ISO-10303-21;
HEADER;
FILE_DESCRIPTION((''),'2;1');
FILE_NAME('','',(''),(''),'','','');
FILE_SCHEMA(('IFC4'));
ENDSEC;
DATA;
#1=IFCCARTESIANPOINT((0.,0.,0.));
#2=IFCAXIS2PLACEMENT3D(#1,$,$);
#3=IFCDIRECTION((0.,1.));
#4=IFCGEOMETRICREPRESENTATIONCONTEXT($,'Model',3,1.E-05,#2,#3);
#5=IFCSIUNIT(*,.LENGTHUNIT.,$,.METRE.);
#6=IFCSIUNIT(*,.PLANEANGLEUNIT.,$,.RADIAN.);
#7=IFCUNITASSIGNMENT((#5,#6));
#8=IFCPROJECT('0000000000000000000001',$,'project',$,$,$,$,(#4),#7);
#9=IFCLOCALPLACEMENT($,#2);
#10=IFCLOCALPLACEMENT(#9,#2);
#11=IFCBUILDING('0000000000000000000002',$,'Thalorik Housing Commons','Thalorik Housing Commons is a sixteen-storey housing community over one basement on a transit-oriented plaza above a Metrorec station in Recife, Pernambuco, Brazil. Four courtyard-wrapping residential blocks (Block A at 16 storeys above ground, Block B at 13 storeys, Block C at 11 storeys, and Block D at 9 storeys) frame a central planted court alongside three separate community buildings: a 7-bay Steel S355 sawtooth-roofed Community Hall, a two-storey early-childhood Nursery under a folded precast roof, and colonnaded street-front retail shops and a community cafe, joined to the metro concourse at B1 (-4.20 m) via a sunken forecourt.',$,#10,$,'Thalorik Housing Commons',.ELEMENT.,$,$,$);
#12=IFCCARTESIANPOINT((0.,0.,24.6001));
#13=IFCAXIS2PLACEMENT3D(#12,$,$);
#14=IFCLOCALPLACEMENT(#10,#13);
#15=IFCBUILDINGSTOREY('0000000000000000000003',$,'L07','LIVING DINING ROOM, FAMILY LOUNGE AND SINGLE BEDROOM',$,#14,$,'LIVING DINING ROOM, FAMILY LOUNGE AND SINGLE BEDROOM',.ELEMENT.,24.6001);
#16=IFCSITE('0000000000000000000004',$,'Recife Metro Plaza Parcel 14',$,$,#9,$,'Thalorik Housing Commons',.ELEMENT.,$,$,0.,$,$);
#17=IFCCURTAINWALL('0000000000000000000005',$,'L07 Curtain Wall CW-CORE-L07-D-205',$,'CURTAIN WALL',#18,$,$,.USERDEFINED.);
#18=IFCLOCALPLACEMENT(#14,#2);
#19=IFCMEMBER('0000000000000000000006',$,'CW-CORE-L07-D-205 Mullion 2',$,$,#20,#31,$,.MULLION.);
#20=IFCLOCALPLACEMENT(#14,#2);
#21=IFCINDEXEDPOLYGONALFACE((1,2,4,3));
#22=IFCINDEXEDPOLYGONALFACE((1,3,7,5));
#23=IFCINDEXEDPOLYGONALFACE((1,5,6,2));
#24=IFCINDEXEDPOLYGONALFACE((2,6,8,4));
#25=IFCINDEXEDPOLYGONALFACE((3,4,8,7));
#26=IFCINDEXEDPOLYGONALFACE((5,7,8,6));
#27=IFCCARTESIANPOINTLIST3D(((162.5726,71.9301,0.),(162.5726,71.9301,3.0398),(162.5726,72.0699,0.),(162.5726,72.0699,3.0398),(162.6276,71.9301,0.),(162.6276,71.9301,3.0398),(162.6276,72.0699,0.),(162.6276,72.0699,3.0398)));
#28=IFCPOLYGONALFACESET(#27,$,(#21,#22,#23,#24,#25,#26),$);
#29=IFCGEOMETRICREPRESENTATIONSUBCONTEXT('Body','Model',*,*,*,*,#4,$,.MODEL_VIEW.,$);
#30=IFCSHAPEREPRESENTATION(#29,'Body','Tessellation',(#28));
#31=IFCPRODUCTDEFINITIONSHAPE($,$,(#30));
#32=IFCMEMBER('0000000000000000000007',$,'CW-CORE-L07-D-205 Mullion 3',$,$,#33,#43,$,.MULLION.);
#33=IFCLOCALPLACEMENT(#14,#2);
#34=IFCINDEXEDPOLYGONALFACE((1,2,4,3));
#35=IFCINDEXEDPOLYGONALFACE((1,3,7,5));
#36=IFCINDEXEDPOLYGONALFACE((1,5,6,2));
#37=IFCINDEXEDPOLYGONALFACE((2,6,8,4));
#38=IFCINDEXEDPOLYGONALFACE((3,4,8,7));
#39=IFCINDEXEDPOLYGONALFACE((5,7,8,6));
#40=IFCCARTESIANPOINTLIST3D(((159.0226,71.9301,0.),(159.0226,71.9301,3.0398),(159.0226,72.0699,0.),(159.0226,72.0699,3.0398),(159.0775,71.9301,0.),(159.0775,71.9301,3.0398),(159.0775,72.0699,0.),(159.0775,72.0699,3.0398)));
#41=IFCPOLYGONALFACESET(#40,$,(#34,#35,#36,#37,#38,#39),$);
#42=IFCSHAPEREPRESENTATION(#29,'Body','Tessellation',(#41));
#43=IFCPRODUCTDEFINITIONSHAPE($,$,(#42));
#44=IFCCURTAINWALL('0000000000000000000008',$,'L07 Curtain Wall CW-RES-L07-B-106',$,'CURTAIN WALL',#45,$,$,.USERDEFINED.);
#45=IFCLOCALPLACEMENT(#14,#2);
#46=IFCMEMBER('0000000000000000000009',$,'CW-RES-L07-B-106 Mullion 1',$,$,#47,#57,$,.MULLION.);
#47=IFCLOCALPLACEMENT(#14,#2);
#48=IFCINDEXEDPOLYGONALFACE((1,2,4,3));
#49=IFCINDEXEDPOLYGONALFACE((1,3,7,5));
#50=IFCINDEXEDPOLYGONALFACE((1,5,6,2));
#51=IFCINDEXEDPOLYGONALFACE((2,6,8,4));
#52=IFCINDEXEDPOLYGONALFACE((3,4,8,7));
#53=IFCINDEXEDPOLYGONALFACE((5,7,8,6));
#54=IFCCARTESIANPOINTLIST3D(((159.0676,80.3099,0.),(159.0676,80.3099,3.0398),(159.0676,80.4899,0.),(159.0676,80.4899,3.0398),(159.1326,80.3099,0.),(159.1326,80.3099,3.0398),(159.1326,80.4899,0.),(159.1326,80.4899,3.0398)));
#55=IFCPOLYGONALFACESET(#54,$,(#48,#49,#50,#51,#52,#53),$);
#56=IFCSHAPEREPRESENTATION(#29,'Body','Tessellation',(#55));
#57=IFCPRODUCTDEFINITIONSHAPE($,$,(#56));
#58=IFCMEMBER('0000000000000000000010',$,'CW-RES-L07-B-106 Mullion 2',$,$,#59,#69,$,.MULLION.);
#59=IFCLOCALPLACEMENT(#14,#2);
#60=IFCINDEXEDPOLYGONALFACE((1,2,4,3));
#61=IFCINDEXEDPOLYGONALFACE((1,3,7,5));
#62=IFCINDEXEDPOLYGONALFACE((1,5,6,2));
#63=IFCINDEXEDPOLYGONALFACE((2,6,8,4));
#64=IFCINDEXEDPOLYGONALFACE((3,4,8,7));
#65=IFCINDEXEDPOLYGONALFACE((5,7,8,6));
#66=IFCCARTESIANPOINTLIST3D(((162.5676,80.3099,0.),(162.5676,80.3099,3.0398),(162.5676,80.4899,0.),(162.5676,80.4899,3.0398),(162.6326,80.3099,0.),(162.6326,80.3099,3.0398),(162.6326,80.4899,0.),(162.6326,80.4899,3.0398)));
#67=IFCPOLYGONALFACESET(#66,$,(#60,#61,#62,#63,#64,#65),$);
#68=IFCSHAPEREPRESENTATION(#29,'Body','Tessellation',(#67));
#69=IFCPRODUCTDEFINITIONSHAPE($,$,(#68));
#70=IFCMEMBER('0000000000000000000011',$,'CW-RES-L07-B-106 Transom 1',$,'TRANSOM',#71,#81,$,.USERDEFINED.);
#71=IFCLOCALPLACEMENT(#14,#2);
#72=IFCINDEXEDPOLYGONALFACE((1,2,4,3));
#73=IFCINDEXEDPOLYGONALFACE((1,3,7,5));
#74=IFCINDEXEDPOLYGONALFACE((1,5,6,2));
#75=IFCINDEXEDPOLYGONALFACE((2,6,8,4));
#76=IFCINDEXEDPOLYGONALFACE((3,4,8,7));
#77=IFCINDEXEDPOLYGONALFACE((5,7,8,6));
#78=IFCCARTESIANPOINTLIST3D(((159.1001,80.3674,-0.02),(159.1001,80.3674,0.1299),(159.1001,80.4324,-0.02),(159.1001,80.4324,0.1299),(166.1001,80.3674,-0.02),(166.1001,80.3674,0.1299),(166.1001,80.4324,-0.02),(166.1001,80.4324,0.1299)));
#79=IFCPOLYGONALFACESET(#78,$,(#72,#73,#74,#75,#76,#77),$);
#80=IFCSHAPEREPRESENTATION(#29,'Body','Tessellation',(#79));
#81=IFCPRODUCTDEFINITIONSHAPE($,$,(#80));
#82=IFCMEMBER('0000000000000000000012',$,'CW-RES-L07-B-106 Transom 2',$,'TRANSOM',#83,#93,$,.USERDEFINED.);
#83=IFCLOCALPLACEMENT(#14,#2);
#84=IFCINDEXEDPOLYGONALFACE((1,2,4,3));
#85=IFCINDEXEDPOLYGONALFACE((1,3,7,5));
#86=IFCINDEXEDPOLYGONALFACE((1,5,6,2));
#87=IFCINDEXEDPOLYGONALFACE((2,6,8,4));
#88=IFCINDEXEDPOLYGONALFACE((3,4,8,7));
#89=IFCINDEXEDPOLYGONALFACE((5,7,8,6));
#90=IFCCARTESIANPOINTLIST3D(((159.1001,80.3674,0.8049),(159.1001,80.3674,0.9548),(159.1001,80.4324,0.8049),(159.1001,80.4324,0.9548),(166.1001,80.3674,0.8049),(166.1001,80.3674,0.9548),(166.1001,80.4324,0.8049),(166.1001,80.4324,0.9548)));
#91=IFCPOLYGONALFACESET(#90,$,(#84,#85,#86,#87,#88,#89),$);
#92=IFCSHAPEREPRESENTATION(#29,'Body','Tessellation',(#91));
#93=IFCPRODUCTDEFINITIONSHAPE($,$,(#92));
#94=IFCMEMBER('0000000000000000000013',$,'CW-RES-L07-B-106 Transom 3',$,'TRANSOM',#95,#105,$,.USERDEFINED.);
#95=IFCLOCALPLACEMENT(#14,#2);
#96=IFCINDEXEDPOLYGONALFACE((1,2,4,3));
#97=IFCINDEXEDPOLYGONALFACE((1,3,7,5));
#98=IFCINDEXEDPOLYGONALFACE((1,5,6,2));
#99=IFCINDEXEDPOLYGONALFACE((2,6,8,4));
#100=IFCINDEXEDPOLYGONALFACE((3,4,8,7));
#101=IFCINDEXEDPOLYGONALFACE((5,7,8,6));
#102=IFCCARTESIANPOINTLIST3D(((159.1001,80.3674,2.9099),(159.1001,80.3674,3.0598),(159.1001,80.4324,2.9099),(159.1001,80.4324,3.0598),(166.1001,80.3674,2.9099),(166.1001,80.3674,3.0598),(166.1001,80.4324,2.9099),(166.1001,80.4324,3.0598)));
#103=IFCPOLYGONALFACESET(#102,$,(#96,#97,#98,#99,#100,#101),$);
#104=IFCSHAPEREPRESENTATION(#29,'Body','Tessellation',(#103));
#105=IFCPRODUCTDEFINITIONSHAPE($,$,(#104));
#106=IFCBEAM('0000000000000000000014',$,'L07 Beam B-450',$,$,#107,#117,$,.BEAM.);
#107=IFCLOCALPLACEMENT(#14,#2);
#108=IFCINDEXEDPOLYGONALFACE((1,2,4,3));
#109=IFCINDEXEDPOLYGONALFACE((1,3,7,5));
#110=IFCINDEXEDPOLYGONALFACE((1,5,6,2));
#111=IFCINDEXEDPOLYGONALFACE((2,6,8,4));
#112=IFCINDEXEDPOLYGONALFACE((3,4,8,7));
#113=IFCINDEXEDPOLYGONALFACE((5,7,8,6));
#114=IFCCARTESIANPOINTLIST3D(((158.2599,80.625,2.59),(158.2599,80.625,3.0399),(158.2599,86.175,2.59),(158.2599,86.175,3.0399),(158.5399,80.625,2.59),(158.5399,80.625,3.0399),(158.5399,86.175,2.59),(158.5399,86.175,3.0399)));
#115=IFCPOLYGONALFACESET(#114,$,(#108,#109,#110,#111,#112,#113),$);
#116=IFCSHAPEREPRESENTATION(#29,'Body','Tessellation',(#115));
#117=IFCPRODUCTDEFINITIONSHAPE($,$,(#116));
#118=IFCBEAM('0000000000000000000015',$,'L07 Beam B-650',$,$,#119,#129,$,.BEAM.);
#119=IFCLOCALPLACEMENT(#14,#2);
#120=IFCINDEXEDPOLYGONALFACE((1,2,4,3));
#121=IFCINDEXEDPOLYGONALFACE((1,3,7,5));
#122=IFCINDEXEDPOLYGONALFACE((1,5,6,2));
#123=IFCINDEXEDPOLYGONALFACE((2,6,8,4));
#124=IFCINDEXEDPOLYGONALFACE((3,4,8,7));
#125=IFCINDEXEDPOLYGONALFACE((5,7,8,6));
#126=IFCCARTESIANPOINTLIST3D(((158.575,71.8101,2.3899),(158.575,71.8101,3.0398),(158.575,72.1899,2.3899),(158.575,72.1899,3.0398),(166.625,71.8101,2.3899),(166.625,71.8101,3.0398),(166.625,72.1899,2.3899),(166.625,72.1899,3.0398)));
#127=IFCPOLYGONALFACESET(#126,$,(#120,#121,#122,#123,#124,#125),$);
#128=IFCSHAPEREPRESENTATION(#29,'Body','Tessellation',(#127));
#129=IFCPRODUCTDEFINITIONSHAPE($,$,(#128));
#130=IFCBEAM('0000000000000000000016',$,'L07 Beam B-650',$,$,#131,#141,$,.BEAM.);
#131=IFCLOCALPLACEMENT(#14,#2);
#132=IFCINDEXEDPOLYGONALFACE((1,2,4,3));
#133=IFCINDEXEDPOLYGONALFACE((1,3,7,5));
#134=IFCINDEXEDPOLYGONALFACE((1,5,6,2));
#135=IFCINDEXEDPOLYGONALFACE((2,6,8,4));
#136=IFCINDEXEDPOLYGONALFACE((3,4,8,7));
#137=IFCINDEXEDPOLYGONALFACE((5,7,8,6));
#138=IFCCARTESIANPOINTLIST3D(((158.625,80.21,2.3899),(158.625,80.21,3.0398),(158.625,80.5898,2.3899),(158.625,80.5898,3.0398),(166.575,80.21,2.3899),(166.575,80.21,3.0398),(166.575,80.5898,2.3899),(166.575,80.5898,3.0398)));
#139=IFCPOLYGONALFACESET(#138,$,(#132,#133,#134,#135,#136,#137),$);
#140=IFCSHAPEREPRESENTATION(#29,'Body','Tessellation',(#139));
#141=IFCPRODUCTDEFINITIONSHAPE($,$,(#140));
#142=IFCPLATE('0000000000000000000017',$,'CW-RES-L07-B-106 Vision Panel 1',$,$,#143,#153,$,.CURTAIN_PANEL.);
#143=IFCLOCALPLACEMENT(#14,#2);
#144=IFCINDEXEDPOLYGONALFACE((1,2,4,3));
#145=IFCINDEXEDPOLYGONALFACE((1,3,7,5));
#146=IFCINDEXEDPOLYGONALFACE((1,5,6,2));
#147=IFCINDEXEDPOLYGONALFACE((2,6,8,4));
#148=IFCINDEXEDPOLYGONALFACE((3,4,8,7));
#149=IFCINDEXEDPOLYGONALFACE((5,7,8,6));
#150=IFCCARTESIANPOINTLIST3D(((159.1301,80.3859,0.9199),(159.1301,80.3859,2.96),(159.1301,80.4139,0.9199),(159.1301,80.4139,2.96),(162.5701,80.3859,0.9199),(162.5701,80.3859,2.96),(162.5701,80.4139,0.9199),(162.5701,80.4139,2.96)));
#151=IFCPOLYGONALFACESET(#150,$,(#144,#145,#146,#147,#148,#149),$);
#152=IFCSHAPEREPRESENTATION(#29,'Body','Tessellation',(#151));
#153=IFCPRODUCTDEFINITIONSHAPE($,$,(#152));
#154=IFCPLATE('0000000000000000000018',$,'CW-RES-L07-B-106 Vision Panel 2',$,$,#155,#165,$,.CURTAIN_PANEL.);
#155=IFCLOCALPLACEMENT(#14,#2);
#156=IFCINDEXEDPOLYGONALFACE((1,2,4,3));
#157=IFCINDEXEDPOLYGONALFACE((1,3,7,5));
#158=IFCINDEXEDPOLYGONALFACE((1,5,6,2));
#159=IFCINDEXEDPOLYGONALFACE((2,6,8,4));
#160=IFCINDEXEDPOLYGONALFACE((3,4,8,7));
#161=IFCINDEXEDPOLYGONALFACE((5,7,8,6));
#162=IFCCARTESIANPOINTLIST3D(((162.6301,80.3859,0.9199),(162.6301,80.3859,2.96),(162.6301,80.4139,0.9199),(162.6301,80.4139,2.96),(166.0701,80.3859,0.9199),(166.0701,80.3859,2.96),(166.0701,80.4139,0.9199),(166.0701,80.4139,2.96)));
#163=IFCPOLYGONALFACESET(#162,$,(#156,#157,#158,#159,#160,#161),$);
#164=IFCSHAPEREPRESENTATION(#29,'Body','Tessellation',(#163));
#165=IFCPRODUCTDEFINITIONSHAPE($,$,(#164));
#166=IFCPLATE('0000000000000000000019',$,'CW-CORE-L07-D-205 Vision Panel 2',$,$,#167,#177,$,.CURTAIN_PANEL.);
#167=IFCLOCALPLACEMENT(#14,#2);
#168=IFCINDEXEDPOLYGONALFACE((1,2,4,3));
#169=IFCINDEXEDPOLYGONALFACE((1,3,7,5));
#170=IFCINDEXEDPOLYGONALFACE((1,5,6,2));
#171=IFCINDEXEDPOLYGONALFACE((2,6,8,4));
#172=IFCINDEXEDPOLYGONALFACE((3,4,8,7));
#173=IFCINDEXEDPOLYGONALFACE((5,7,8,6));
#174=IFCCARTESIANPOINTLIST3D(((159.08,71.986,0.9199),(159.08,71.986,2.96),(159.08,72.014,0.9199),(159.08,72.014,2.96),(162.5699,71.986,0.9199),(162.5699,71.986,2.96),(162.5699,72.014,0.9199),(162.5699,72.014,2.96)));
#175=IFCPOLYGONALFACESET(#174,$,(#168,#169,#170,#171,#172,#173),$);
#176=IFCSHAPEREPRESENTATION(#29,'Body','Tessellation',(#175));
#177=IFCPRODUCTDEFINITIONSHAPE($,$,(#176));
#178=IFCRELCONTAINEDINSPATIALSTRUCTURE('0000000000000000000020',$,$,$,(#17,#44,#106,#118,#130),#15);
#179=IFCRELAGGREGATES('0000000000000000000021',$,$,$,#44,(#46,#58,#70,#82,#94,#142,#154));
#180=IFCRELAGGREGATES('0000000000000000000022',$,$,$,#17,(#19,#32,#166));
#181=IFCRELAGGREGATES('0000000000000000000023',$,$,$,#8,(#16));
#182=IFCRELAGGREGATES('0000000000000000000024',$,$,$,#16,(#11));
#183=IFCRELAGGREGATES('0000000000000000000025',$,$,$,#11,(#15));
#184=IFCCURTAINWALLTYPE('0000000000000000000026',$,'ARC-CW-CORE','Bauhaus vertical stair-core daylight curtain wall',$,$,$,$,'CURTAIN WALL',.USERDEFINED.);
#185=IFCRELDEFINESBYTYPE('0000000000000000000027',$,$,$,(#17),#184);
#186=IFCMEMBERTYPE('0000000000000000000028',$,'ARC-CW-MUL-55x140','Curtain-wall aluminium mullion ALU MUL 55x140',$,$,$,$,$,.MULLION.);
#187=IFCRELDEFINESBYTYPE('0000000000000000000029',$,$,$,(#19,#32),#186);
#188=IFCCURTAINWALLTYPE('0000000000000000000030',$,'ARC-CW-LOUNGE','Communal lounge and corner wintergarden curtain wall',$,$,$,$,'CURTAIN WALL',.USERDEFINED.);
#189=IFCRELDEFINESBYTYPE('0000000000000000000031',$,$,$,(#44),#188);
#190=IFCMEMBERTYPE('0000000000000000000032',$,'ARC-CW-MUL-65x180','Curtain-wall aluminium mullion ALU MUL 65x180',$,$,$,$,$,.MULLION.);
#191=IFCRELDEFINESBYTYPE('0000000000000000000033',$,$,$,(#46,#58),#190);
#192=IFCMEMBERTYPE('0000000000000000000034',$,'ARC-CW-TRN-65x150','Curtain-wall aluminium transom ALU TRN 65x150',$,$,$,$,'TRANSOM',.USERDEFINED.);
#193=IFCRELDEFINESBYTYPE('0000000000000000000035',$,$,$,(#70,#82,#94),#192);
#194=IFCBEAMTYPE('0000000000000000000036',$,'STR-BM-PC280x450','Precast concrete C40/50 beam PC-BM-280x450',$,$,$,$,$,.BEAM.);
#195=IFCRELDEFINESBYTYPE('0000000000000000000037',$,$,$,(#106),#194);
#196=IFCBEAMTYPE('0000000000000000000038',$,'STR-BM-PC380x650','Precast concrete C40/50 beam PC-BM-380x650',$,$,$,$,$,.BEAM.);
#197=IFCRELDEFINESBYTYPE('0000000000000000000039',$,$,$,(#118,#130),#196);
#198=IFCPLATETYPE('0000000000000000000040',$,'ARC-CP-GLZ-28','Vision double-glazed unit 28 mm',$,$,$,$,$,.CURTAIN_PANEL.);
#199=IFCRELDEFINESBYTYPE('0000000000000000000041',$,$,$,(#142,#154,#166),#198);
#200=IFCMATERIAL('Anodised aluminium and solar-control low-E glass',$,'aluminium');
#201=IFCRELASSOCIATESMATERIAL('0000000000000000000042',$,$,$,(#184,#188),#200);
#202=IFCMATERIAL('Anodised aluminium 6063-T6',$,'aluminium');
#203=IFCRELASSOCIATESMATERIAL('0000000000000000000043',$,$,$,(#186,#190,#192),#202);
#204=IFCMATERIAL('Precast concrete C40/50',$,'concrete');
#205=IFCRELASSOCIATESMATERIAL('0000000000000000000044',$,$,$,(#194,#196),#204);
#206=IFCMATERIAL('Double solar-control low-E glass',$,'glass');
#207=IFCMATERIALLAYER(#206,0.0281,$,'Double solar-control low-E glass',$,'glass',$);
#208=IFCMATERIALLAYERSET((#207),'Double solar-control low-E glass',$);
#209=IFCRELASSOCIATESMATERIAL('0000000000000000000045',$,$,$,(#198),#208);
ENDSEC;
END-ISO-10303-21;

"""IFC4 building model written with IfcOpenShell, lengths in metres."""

from ifc_helpers import new_model, si_unit, direction, frame, origin, origin_2d, place, context, subcontext, project, spatial, rectangle, extrude, material, layer, layer_set, material_profile, profile_set, type_object, element, aggregate, save


model = new_model("IFC4")

# Units and contexts
model_context = context("Model", 3, precision=1e-05, world=origin(), true_north=direction((0.0, 1.0)))
body_context = subcontext(model_context, "Body", "Model", "MODEL_VIEW")
ifc_project = project(units=[si_unit("LENGTHUNIT", "METRE"), si_unit("PLANEANGLEUNIT", "RADIAN")], contexts=[model_context])

# Site, building, storey
site_placement = place(None, origin())
site = spatial("IfcSite", under=ifc_project, at=site_placement, Name="Recife Metro Plaza Parcel 14", LongName="Thalorik Housing Commons", CompositionType="ELEMENT", RefElevation=0.0)
building_placement = place(site_placement, origin())
building = spatial("IfcBuilding", under=site, at=building_placement, Name="Thalorik Housing Commons", Description="Thalorik Housing Commons is a sixteen-storey housing community over one basement on a transit-oriented plaza above a Metrorec station in Recife, Pernambuco, Brazil. Four courtyard-wrapping residential blocks (Block A at 16 storeys above ground, Block B at 13 storeys, Block C at 11 storeys, and Block D at 9 storeys) frame a central planted court alongside three separate community buildings: a 7-bay Steel S355 sawtooth-roofed Community Hall, a two-storey early-childhood Nursery under a folded precast roof, and colonnaded street-front retail shops and a community cafe, joined to the metro concourse at B1 (-4.20 m) via a sunken forecourt.", LongName="Thalorik Housing Commons", CompositionType="ELEMENT")
storey_placement = place(building_placement, frame((0.0, 0.0, 24.6001)))
storey = spatial("IfcBuildingStorey", under=building, at=storey_placement, Name="L07", Description="LIVING DINING ROOM, FAMILY LOUNGE AND SINGLE BEDROOM", LongName="LIVING DINING ROOM, FAMILY LOUNGE AND SINGLE BEDROOM", CompositionType="ELEMENT", Elevation=24.6001)

# Curtain walls, members
ifc_material_1 = material(Name="Anodised aluminium and solar-control low-E glass", Category="aluminium")
curtain_wall_type_1 = type_object("IfcCurtainWallType", Name="ARC-CW-CORE", Description="Bauhaus vertical stair-core daylight curtain wall", ElementType="CURTAIN WALL", PredefinedType="USERDEFINED", material=ifc_material_1)
curtain_wall_1_placement = place(storey_placement, origin())
curtain_wall_1 = element("IfcCurtainWall", 1, at=curtain_wall_1_placement, inside=storey, type_object=curtain_wall_type_1, Name="L07 Curtain Wall CW-CORE-L07-D-205", ObjectType="CURTAIN WALL", PredefinedType="USERDEFINED")
ifc_material_2 = material(Name="Anodised aluminium 6063-T6", Category="aluminium")
ifc_material_profile_1 = material_profile(ifc_material_2, rectangle(XDim=0.0549, YDim=0.1399, at=origin_2d()), Name="ALU MUL 55x140", Category="aluminium")
ifc_profile_set_1 = profile_set([ifc_material_profile_1], Name="Anodised aluminium 6063-T6")
member_type_1 = type_object("IfcMemberType", Name="ARC-CW-MUL-55x140", Description="Curtain-wall aluminium mullion ALU MUL 55x140", PredefinedType="MULLION", material=ifc_profile_set_1)
member_1_placement = place(storey_placement, frame((162.6001, 72.0, 0.0), z_axis=(0.0, 0.0, 1.0), x_axis=(-1.0, 0.0, 0.0)))
member_1 = element("IfcMember", 2, at=member_1_placement, type_object=member_type_1, Name="CW-CORE-L07-D-205 Mullion 2", PredefinedType="MULLION", context=body_context, shape_type="SweptSolid", body=[
    extrude(rectangle(XDim=0.0549, YDim=0.1399, at=origin_2d()), origin(), (0.0, 0.0, 1.0), 3.0398),
])
member_2_placement = place(storey_placement, frame((159.05, 72.0, 0.0), z_axis=(0.0, 0.0, 1.0), x_axis=(-1.0, 0.0, 0.0)))
member_2 = element("IfcMember", 3, at=member_2_placement, type_object=member_type_1, Name="CW-CORE-L07-D-205 Mullion 3", PredefinedType="MULLION", context=body_context, shape_type="SweptSolid", body=[
    extrude(rectangle(XDim=0.0549, YDim=0.1399, at=origin_2d()), origin(), (0.0, 0.0, 1.0), 3.0398),
])
curtain_wall_type_2 = type_object("IfcCurtainWallType", Name="ARC-CW-LOUNGE", Description="Communal lounge and corner wintergarden curtain wall", ElementType="CURTAIN WALL", PredefinedType="USERDEFINED", material=ifc_material_1)
curtain_wall_2_placement = place(storey_placement, origin())
curtain_wall_2 = element("IfcCurtainWall", 4, at=curtain_wall_2_placement, inside=storey, type_object=curtain_wall_type_2, Name="L07 Curtain Wall CW-RES-L07-B-106", ObjectType="CURTAIN WALL", PredefinedType="USERDEFINED")
ifc_material_profile_2 = material_profile(ifc_material_2, rectangle(XDim=0.0649, YDim=0.1799, at=origin_2d()), Name="ALU MUL 65x180", Category="aluminium")
ifc_profile_set_2 = profile_set([ifc_material_profile_2], Name="Anodised aluminium 6063-T6")
member_type_2 = type_object("IfcMemberType", Name="ARC-CW-MUL-65x180", Description="Curtain-wall aluminium mullion ALU MUL 65x180", PredefinedType="MULLION", material=ifc_profile_set_2)
member_3_placement = place(storey_placement, frame((159.1001, 80.3999, 0.0), z_axis=(0.0, 0.0, 1.0), x_axis=(1.0, 0.0, 0.0)))
member_3 = element("IfcMember", 5, at=member_3_placement, type_object=member_type_2, Name="CW-RES-L07-B-106 Mullion 1", PredefinedType="MULLION", context=body_context, shape_type="SweptSolid", body=[
    extrude(rectangle(XDim=0.0649, YDim=0.1799, at=origin_2d()), origin(), (0.0, 0.0, 1.0), 3.0398),
])
member_4_placement = place(storey_placement, frame((162.6001, 80.3999, 0.0), z_axis=(0.0, 0.0, 1.0), x_axis=(1.0, 0.0, 0.0)))
member_4 = element("IfcMember", 6, at=member_4_placement, type_object=member_type_2, Name="CW-RES-L07-B-106 Mullion 2", PredefinedType="MULLION", context=body_context, shape_type="SweptSolid", body=[
    extrude(rectangle(XDim=0.0649, YDim=0.1799, at=origin_2d()), origin(), (0.0, 0.0, 1.0), 3.0398),
])
ifc_material_profile_3 = material_profile(ifc_material_2, rectangle(XDim=0.0649, YDim=0.1499, at=origin_2d()), Name="ALU TRN 65x150", Category="aluminium")
ifc_profile_set_3 = profile_set([ifc_material_profile_3], Name="Anodised aluminium 6063-T6")
member_type_3 = type_object("IfcMemberType", Name="ARC-CW-TRN-65x150", Description="Curtain-wall aluminium transom ALU TRN 65x150", ElementType="TRANSOM", PredefinedType="USERDEFINED", material=ifc_profile_set_3)
member_5_placement = place(storey_placement, frame((159.1001, 80.3999, 0.0549), z_axis=(1.0, 0.0, 0.0), x_axis=(0.0, 1.0, 0.0)))
member_5 = element("IfcMember", 7, at=member_5_placement, type_object=member_type_3, Name="CW-RES-L07-B-106 Transom 1", ObjectType="TRANSOM", PredefinedType="USERDEFINED", context=body_context, shape_type="SweptSolid", body=[
    extrude(rectangle(XDim=0.0649, YDim=0.1499, at=origin_2d()), origin(), (0.0, 0.0, 1.0), 7.0),
])
member_6_placement = place(storey_placement, frame((159.1001, 80.3999, 0.8799), z_axis=(1.0, 0.0, 0.0), x_axis=(0.0, 1.0, 0.0)))
member_6 = element("IfcMember", 8, at=member_6_placement, type_object=member_type_3, Name="CW-RES-L07-B-106 Transom 2", ObjectType="TRANSOM", PredefinedType="USERDEFINED", context=body_context, shape_type="SweptSolid", body=[
    extrude(rectangle(XDim=0.0649, YDim=0.1499, at=origin_2d()), origin(), (0.0, 0.0, 1.0), 7.0),
])
member_7_placement = place(storey_placement, frame((159.1001, 80.3999, 2.9849), z_axis=(1.0, 0.0, 0.0), x_axis=(0.0, 1.0, 0.0)))
member_7 = element("IfcMember", 9, at=member_7_placement, type_object=member_type_3, Name="CW-RES-L07-B-106 Transom 3", ObjectType="TRANSOM", PredefinedType="USERDEFINED", context=body_context, shape_type="SweptSolid", body=[
    extrude(rectangle(XDim=0.0649, YDim=0.1499, at=origin_2d()), origin(), (0.0, 0.0, 1.0), 7.0),
])

# Beams
ifc_material_3 = material(Name="Precast concrete C40/50", Category="concrete")
ifc_material_profile_4 = material_profile(ifc_material_3, rectangle(XDim=0.28, YDim=0.45, at=origin_2d()), Name="PC 280x450", Category="concrete")
ifc_profile_set_4 = profile_set([ifc_material_profile_4], Name="Precast concrete C40/50")
beam_type_1 = type_object("IfcBeamType", Name="STR-BM-PC280x450", Description="Precast concrete C40/50 beam PC-BM-280x450", PredefinedType="BEAM", material=ifc_profile_set_4)
beam_1_placement = place(storey_placement, frame((158.3999, 80.625, 2.8149), z_axis=(0.0, 1.0, 0.0), x_axis=(-1.0, 0.0, 0.0)))
element("IfcBeam", 10, at=beam_1_placement, inside=storey, type_object=beam_type_1, Name="L07 Beam B-450", PredefinedType="BEAM", context=body_context, shape_type="SweptSolid", body=[
    extrude(rectangle(XDim=0.28, YDim=0.45, at=origin_2d()), origin(), (0.0, 0.0, 1.0), 5.55),
])
ifc_material_profile_5 = material_profile(ifc_material_3, rectangle(XDim=0.3799, YDim=0.6499, at=origin_2d()), Name="PC 380x650", Category="concrete")
ifc_profile_set_5 = profile_set([ifc_material_profile_5], Name="Precast concrete C40/50")
beam_type_2 = type_object("IfcBeamType", Name="STR-BM-PC380x650", Description="Precast concrete C40/50 beam PC-BM-380x650", PredefinedType="BEAM", material=ifc_profile_set_5)
beam_2_placement = place(storey_placement, frame((158.575, 72.0, 2.7148), z_axis=(1.0, 0.0, 0.0), x_axis=(0.0, 1.0, 0.0)))
element("IfcBeam", 11, at=beam_2_placement, inside=storey, type_object=beam_type_2, Name="L07 Beam B-650", PredefinedType="BEAM", context=body_context, shape_type="SweptSolid", body=[
    extrude(rectangle(XDim=0.3799, YDim=0.6499, at=origin_2d()), origin(), (0.0, 0.0, 1.0), 8.05),
])
beam_3_placement = place(storey_placement, frame((158.625, 80.3999, 2.7148), z_axis=(1.0, 0.0, 0.0), x_axis=(0.0, 1.0, 0.0)))
element("IfcBeam", 12, at=beam_3_placement, inside=storey, type_object=beam_type_2, Name="L07 Beam B-650", PredefinedType="BEAM", context=body_context, shape_type="SweptSolid", body=[
    extrude(rectangle(XDim=0.3799, YDim=0.6499, at=origin_2d()), origin(), (0.0, 0.0, 1.0), 7.95),
])

# Plates
ifc_material_4 = material(Name="Double solar-control low-E glass", Category="glass")
ifc_layer_1 = layer(ifc_material_4, 0.0281, Name="Double solar-control low-E glass", Category="glass")
ifc_layer_set_1 = layer_set([ifc_layer_1], Name="Double solar-control low-E glass")
plate_type_1 = type_object("IfcPlateType", Name="ARC-CP-GLZ-28", Description="Vision double-glazed unit 28 mm", PredefinedType="CURTAIN_PANEL", material=ifc_layer_set_1)
plate_1_placement = place(storey_placement, frame((160.8501, 80.3999, 0.9199), z_axis=(0.0, 0.0, 1.0), x_axis=(1.0, 0.0, 0.0)))
plate_1 = element("IfcPlate", 13, at=plate_1_placement, type_object=plate_type_1, Name="CW-RES-L07-B-106 Vision Panel 1", PredefinedType="CURTAIN_PANEL", context=body_context, shape_type="SweptSolid", body=[
    extrude(rectangle(XDim=3.4399, YDim=0.0281, at=origin_2d()), origin(), (0.0, 0.0, 1.0), 2.04),
])
plate_2_placement = place(storey_placement, frame((164.3501, 80.3999, 0.9199), z_axis=(0.0, 0.0, 1.0), x_axis=(1.0, 0.0, 0.0)))
plate_2 = element("IfcPlate", 14, at=plate_2_placement, type_object=plate_type_1, Name="CW-RES-L07-B-106 Vision Panel 2", PredefinedType="CURTAIN_PANEL", context=body_context, shape_type="SweptSolid", body=[
    extrude(rectangle(XDim=3.4399, YDim=0.0281, at=origin_2d()), origin(), (0.0, 0.0, 1.0), 2.04),
])
plate_3_placement = place(storey_placement, frame((160.825, 72.0, 0.9199), z_axis=(0.0, 0.0, 1.0), x_axis=(-1.0, 0.0, 0.0)))
plate_3 = element("IfcPlate", 15, at=plate_3_placement, type_object=plate_type_1, Name="CW-CORE-L07-D-205 Vision Panel 2", PredefinedType="CURTAIN_PANEL", context=body_context, shape_type="SweptSolid", body=[
    extrude(rectangle(XDim=3.49, YDim=0.0281, at=origin_2d()), origin(), (0.0, 0.0, 1.0), 2.04),
])
aggregate(curtain_wall_2, [member_3, member_4, member_5, member_6, member_7, plate_1, plate_2])
aggregate(curtain_wall_1, [member_1, member_2, plate_3])

save(model, "model.ifc")
